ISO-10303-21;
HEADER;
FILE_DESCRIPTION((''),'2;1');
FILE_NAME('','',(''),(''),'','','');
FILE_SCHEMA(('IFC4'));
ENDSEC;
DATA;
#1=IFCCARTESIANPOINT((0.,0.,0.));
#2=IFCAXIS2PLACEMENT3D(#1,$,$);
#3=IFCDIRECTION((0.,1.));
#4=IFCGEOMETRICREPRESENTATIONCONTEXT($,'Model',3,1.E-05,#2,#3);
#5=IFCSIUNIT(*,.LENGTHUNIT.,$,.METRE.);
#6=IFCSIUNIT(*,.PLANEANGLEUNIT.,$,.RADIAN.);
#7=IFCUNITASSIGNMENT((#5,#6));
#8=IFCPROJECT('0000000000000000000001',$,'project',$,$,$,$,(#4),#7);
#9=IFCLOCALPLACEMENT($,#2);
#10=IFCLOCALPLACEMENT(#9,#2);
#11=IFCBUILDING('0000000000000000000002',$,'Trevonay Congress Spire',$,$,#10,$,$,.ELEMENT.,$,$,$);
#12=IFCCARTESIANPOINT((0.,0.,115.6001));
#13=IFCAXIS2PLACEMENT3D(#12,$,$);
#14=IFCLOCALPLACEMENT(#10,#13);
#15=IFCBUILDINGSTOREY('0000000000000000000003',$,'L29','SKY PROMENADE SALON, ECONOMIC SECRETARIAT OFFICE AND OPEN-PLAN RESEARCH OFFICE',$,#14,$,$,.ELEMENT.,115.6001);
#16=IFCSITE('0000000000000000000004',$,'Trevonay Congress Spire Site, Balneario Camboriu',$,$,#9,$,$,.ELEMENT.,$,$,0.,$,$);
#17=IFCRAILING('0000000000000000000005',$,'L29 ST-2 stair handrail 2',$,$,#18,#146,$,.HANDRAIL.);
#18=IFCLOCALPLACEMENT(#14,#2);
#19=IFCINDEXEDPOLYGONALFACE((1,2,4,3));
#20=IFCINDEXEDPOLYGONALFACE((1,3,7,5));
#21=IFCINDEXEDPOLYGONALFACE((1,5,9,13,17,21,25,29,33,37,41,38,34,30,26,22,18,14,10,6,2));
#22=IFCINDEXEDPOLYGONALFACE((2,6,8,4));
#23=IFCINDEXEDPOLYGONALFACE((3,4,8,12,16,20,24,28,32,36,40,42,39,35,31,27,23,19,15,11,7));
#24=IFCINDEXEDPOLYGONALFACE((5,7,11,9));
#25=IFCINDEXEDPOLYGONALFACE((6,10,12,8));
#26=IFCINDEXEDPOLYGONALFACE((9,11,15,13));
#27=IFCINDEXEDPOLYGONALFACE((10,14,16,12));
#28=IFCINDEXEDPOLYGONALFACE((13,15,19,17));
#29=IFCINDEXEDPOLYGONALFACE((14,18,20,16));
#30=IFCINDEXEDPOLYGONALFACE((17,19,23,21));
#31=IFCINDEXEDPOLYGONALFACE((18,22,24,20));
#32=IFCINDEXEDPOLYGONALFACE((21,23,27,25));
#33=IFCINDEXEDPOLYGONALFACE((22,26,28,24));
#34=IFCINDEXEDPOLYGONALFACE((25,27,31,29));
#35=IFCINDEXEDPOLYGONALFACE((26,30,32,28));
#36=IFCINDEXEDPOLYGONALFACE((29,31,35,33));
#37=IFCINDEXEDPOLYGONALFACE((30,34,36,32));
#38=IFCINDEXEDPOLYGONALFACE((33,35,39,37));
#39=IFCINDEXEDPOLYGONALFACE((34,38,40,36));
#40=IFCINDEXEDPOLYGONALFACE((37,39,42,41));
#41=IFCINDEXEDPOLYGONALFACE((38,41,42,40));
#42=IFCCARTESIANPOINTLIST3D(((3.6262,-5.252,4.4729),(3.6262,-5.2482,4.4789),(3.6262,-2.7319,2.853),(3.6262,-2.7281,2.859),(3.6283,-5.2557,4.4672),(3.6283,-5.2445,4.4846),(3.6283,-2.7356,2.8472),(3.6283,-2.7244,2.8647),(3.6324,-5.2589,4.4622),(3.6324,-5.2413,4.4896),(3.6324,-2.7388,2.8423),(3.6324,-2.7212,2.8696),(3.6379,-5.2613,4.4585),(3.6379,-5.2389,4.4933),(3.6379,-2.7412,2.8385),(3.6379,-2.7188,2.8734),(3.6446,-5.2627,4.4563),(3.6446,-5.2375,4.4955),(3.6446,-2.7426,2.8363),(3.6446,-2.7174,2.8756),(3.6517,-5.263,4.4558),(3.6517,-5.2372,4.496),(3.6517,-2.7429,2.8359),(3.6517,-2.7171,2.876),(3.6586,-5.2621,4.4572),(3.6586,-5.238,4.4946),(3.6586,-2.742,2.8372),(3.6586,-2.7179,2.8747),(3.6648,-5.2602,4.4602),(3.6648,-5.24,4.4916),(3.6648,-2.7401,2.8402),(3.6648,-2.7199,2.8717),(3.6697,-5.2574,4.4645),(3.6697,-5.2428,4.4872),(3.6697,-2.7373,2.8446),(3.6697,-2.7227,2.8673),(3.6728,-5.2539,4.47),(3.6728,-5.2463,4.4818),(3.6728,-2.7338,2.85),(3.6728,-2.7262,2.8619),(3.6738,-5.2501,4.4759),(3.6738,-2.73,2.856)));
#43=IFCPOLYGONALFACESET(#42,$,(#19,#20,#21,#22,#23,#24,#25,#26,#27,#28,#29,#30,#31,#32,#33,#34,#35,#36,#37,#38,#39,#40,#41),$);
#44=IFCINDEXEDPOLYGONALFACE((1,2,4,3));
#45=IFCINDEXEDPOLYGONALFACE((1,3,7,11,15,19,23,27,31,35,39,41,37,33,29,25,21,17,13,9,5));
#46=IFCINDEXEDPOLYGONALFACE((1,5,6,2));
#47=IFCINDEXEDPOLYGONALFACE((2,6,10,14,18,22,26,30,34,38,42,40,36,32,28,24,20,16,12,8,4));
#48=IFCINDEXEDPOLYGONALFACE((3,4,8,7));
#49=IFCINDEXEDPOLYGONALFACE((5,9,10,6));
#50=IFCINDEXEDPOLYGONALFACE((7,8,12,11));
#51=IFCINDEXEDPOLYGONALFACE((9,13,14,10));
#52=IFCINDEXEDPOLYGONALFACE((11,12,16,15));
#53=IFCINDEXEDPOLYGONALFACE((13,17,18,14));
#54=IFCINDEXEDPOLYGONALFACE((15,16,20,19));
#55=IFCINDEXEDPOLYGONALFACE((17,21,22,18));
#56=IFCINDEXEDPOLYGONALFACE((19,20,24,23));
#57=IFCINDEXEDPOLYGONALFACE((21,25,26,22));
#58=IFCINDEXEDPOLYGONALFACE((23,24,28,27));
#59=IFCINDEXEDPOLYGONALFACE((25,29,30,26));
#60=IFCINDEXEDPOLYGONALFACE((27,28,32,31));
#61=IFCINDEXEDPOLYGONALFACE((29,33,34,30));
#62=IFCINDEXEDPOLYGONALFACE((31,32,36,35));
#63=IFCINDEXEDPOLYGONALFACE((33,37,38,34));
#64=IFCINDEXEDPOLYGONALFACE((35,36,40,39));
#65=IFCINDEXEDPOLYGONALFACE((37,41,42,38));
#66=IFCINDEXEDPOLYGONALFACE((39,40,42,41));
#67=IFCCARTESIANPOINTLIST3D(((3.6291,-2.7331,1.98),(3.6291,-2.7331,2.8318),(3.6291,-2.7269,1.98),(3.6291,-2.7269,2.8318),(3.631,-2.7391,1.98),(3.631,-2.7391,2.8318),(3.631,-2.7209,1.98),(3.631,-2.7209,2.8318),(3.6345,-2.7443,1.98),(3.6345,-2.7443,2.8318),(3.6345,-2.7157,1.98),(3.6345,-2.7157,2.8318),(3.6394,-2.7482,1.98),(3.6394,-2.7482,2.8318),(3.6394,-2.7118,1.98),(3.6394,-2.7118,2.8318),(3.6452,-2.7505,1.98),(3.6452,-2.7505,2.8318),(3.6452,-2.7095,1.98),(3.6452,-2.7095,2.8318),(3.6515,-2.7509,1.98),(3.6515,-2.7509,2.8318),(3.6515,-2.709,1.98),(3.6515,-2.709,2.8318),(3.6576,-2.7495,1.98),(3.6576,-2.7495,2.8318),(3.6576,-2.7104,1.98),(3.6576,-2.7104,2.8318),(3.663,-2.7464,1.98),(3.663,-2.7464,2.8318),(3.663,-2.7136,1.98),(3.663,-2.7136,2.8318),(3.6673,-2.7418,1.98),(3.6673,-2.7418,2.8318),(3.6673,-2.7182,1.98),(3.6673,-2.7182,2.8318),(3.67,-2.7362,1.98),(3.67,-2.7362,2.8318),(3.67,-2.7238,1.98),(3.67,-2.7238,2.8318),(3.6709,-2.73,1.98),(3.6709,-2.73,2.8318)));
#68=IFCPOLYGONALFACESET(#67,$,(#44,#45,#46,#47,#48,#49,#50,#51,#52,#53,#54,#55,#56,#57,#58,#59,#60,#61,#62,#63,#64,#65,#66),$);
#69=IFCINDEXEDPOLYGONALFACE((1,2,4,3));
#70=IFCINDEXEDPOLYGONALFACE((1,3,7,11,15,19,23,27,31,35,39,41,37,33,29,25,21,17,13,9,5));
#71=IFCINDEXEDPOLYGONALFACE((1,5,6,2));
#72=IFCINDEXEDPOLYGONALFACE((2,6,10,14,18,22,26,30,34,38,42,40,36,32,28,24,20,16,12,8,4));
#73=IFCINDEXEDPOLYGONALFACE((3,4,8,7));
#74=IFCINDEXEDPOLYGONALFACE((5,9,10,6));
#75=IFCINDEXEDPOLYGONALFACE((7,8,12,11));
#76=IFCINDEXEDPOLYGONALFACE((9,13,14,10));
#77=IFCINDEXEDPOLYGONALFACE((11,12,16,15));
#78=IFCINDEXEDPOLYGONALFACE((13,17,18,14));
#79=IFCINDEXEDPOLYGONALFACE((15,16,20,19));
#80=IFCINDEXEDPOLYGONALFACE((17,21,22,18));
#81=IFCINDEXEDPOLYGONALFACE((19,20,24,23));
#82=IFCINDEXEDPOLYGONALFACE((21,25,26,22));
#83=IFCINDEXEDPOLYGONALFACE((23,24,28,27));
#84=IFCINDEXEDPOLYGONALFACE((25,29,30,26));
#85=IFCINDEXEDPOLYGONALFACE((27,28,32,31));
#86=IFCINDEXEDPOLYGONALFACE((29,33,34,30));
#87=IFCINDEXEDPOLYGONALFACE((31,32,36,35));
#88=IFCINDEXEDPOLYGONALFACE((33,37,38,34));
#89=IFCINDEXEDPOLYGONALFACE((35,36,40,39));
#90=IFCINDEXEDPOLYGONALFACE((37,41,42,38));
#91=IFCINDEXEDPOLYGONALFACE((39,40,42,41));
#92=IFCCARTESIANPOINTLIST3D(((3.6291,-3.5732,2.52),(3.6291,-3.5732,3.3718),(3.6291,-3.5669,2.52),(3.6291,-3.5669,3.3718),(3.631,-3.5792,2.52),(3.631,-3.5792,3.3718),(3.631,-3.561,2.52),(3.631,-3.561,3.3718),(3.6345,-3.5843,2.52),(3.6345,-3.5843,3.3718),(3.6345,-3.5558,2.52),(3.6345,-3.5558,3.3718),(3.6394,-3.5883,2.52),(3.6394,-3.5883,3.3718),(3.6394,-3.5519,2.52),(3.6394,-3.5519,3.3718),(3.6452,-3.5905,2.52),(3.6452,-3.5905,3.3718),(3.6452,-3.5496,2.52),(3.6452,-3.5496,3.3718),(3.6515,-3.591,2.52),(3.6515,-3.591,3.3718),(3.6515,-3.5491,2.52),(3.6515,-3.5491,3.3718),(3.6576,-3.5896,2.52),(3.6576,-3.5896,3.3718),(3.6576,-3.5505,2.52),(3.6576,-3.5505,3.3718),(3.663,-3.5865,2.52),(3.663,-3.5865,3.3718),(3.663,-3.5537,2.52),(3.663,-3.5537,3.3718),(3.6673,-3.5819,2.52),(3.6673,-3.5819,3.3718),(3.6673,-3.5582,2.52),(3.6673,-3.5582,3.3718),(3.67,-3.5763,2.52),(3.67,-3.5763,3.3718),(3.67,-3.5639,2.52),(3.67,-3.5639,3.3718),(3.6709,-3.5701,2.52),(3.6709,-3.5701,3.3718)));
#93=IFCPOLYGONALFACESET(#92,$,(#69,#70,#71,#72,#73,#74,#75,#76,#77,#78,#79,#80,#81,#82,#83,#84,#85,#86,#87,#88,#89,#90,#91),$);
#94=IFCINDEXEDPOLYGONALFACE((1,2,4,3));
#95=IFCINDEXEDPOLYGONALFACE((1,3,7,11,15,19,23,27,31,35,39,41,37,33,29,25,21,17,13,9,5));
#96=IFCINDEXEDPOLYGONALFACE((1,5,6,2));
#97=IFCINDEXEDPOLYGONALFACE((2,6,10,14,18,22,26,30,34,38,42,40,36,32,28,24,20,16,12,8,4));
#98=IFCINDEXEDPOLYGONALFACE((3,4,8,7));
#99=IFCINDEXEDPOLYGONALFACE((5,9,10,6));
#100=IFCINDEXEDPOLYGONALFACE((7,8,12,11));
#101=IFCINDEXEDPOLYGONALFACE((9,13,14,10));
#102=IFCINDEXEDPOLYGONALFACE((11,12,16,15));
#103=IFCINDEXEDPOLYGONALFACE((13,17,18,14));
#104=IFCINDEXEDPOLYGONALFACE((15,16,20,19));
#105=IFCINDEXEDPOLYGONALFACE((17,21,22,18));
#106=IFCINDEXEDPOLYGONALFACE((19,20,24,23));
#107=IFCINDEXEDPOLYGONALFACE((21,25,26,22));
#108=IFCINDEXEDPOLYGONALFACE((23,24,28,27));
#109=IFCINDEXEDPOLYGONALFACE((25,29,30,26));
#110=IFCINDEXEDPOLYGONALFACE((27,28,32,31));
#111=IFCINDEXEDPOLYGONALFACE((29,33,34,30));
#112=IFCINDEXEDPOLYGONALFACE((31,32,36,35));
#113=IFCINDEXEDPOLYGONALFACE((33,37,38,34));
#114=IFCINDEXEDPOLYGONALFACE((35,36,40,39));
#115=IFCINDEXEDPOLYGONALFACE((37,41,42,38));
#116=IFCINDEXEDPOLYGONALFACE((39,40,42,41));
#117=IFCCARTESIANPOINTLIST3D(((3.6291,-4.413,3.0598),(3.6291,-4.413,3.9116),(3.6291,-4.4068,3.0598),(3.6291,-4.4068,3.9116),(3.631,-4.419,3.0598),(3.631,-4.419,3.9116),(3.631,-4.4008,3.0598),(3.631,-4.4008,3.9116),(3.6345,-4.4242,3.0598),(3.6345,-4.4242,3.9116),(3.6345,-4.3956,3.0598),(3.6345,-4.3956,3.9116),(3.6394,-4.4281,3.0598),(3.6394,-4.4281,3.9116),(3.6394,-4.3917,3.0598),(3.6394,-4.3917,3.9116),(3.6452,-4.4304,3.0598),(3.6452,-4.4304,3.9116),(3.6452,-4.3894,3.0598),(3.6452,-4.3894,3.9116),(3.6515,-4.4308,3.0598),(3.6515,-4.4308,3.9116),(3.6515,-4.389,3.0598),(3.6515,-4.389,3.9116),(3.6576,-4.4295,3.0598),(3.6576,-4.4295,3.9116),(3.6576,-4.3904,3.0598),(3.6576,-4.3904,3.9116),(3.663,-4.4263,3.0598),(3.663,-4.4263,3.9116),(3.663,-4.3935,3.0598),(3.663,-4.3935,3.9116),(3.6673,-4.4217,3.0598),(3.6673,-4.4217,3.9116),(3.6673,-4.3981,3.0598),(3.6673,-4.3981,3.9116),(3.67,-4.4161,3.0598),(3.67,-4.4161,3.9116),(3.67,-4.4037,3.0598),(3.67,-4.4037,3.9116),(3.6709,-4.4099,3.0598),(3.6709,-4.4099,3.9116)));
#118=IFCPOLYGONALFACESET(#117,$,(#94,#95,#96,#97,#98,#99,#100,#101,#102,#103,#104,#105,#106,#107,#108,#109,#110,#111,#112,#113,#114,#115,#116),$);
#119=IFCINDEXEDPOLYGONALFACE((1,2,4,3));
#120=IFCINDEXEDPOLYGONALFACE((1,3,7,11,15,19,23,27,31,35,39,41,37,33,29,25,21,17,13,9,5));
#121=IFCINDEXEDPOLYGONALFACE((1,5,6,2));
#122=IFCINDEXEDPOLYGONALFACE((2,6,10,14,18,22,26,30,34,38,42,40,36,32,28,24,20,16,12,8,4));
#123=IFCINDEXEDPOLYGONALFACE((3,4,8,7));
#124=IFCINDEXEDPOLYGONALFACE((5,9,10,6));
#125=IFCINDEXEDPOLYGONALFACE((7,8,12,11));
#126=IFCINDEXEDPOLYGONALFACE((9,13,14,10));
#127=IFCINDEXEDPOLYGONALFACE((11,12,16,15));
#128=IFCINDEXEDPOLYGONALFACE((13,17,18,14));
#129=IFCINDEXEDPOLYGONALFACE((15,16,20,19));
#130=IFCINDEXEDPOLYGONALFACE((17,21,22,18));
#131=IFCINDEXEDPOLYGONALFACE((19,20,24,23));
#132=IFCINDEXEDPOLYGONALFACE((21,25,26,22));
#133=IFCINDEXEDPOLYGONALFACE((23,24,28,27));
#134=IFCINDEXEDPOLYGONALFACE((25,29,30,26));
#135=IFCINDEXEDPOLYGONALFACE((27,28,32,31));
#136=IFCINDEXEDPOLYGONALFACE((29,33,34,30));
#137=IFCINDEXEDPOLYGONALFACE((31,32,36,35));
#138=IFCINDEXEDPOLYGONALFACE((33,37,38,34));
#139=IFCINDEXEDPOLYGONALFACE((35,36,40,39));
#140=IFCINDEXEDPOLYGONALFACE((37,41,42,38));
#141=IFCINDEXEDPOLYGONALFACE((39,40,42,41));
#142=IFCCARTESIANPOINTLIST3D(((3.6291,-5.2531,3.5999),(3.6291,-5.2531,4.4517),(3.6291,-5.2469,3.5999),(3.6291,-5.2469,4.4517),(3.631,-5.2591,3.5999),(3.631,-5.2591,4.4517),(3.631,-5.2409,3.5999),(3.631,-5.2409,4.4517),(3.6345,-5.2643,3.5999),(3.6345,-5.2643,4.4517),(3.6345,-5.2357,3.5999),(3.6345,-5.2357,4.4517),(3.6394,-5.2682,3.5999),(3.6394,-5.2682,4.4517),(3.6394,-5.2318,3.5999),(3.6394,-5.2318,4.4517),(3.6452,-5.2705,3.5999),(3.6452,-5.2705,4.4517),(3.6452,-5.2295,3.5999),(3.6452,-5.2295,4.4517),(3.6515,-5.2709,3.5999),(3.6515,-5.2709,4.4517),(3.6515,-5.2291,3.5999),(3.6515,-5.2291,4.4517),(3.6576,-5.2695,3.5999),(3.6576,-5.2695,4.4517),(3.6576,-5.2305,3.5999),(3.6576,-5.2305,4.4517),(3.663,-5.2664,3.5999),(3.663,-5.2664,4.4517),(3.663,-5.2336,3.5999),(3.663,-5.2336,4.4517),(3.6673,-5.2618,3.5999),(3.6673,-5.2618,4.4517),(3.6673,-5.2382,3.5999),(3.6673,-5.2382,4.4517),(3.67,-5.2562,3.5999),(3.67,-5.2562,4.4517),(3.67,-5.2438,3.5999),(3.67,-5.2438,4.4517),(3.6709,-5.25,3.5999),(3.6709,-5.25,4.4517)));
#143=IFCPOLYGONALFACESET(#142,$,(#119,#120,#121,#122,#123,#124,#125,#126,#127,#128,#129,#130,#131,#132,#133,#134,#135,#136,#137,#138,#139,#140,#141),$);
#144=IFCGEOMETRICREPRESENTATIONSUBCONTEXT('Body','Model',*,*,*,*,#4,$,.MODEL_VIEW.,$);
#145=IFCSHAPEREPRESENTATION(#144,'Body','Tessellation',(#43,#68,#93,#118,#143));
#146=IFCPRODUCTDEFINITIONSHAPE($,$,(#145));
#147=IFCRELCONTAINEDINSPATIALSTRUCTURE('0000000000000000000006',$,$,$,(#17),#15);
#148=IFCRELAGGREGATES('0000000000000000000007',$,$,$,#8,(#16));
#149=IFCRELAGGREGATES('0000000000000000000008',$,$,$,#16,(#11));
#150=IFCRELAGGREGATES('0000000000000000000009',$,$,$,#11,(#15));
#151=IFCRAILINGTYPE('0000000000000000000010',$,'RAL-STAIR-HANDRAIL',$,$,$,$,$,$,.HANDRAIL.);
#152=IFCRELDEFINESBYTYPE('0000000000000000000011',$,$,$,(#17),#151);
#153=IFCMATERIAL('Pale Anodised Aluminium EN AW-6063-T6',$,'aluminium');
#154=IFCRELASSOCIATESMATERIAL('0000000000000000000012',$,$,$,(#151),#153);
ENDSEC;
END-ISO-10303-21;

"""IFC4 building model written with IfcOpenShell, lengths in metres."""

from ifc_helpers import new_model, si_unit, direction, frame, origin, origin_2d, place, context, subcontext, project, spatial, circle, extrude, material, type_object, element, save


model = new_model("IFC4")

# Units and contexts
model_context = context("Model", 3, precision=1e-05, world=origin(), true_north=direction((0.0, 1.0)))
body_context = subcontext(model_context, "Body", "Model", "MODEL_VIEW")
ifc_project = project(units=[si_unit("LENGTHUNIT", "METRE"), si_unit("PLANEANGLEUNIT", "RADIAN")], contexts=[model_context])

# Site, building, storey
site_placement = place(None, origin())
site = spatial("IfcSite", under=ifc_project, at=site_placement, Name="Trevonay Congress Spire Site, Balneario Camboriu", CompositionType="ELEMENT", RefElevation=0.0)
building_placement = place(site_placement, origin())
building = spatial("IfcBuilding", under=site, at=building_placement, Name="Trevonay Congress Spire", CompositionType="ELEMENT")
storey_placement = place(building_placement, frame((0.0, 0.0, 115.6001)))
storey = spatial("IfcBuildingStorey", under=building, at=storey_placement, Name="L29", Description="SKY PROMENADE SALON, ECONOMIC SECRETARIAT OFFICE AND OPEN-PLAN RESEARCH OFFICE", CompositionType="ELEMENT", Elevation=115.6001)

# Railing
ifc_material_1 = material(Name="Pale Anodised Aluminium EN AW-6063-T6", Category="aluminium")
railing_type_1 = type_object("IfcRailingType", Name="RAL-STAIR-HANDRAIL", PredefinedType="HANDRAIL", material=ifc_material_1)
railing_1_placement = place(storey_placement, frame((3.6499, -2.73, 1.98)))
element("IfcRailing", 1, at=railing_1_placement, inside=storey, type_object=railing_type_1, Name="L29 ST-2 stair handrail 2", PredefinedType="HANDRAIL", context=body_context, shape_type="SweptSolid", body=[
    extrude(circle(Radius=0.0239, at=origin_2d()), frame((0.0, 0.0, 0.876), z_axis=(0.0, -0.8412, 0.540725), x_axis=(1.0, 0.0, 0.0)), (0.0, 0.0, 1.0), 2.9958),
    extrude(circle(Radius=0.021, at=origin_2d()), origin(), (0.0, 0.0, 1.0), 0.8518),
    extrude(circle(Radius=0.021, at=origin_2d()), frame((0.0, -0.8401, 0.54)), (0.0, 0.0, 1.0), 0.8518),
    extrude(circle(Radius=0.021, at=origin_2d()), frame((0.0, -1.6799, 1.0798)), (0.0, 0.0, 1.0), 0.8518),
    extrude(circle(Radius=0.021, at=origin_2d()), frame((0.0, -2.52, 1.6199)), (0.0, 0.0, 1.0), 0.8518),
])

save(model, "model.ifc")
